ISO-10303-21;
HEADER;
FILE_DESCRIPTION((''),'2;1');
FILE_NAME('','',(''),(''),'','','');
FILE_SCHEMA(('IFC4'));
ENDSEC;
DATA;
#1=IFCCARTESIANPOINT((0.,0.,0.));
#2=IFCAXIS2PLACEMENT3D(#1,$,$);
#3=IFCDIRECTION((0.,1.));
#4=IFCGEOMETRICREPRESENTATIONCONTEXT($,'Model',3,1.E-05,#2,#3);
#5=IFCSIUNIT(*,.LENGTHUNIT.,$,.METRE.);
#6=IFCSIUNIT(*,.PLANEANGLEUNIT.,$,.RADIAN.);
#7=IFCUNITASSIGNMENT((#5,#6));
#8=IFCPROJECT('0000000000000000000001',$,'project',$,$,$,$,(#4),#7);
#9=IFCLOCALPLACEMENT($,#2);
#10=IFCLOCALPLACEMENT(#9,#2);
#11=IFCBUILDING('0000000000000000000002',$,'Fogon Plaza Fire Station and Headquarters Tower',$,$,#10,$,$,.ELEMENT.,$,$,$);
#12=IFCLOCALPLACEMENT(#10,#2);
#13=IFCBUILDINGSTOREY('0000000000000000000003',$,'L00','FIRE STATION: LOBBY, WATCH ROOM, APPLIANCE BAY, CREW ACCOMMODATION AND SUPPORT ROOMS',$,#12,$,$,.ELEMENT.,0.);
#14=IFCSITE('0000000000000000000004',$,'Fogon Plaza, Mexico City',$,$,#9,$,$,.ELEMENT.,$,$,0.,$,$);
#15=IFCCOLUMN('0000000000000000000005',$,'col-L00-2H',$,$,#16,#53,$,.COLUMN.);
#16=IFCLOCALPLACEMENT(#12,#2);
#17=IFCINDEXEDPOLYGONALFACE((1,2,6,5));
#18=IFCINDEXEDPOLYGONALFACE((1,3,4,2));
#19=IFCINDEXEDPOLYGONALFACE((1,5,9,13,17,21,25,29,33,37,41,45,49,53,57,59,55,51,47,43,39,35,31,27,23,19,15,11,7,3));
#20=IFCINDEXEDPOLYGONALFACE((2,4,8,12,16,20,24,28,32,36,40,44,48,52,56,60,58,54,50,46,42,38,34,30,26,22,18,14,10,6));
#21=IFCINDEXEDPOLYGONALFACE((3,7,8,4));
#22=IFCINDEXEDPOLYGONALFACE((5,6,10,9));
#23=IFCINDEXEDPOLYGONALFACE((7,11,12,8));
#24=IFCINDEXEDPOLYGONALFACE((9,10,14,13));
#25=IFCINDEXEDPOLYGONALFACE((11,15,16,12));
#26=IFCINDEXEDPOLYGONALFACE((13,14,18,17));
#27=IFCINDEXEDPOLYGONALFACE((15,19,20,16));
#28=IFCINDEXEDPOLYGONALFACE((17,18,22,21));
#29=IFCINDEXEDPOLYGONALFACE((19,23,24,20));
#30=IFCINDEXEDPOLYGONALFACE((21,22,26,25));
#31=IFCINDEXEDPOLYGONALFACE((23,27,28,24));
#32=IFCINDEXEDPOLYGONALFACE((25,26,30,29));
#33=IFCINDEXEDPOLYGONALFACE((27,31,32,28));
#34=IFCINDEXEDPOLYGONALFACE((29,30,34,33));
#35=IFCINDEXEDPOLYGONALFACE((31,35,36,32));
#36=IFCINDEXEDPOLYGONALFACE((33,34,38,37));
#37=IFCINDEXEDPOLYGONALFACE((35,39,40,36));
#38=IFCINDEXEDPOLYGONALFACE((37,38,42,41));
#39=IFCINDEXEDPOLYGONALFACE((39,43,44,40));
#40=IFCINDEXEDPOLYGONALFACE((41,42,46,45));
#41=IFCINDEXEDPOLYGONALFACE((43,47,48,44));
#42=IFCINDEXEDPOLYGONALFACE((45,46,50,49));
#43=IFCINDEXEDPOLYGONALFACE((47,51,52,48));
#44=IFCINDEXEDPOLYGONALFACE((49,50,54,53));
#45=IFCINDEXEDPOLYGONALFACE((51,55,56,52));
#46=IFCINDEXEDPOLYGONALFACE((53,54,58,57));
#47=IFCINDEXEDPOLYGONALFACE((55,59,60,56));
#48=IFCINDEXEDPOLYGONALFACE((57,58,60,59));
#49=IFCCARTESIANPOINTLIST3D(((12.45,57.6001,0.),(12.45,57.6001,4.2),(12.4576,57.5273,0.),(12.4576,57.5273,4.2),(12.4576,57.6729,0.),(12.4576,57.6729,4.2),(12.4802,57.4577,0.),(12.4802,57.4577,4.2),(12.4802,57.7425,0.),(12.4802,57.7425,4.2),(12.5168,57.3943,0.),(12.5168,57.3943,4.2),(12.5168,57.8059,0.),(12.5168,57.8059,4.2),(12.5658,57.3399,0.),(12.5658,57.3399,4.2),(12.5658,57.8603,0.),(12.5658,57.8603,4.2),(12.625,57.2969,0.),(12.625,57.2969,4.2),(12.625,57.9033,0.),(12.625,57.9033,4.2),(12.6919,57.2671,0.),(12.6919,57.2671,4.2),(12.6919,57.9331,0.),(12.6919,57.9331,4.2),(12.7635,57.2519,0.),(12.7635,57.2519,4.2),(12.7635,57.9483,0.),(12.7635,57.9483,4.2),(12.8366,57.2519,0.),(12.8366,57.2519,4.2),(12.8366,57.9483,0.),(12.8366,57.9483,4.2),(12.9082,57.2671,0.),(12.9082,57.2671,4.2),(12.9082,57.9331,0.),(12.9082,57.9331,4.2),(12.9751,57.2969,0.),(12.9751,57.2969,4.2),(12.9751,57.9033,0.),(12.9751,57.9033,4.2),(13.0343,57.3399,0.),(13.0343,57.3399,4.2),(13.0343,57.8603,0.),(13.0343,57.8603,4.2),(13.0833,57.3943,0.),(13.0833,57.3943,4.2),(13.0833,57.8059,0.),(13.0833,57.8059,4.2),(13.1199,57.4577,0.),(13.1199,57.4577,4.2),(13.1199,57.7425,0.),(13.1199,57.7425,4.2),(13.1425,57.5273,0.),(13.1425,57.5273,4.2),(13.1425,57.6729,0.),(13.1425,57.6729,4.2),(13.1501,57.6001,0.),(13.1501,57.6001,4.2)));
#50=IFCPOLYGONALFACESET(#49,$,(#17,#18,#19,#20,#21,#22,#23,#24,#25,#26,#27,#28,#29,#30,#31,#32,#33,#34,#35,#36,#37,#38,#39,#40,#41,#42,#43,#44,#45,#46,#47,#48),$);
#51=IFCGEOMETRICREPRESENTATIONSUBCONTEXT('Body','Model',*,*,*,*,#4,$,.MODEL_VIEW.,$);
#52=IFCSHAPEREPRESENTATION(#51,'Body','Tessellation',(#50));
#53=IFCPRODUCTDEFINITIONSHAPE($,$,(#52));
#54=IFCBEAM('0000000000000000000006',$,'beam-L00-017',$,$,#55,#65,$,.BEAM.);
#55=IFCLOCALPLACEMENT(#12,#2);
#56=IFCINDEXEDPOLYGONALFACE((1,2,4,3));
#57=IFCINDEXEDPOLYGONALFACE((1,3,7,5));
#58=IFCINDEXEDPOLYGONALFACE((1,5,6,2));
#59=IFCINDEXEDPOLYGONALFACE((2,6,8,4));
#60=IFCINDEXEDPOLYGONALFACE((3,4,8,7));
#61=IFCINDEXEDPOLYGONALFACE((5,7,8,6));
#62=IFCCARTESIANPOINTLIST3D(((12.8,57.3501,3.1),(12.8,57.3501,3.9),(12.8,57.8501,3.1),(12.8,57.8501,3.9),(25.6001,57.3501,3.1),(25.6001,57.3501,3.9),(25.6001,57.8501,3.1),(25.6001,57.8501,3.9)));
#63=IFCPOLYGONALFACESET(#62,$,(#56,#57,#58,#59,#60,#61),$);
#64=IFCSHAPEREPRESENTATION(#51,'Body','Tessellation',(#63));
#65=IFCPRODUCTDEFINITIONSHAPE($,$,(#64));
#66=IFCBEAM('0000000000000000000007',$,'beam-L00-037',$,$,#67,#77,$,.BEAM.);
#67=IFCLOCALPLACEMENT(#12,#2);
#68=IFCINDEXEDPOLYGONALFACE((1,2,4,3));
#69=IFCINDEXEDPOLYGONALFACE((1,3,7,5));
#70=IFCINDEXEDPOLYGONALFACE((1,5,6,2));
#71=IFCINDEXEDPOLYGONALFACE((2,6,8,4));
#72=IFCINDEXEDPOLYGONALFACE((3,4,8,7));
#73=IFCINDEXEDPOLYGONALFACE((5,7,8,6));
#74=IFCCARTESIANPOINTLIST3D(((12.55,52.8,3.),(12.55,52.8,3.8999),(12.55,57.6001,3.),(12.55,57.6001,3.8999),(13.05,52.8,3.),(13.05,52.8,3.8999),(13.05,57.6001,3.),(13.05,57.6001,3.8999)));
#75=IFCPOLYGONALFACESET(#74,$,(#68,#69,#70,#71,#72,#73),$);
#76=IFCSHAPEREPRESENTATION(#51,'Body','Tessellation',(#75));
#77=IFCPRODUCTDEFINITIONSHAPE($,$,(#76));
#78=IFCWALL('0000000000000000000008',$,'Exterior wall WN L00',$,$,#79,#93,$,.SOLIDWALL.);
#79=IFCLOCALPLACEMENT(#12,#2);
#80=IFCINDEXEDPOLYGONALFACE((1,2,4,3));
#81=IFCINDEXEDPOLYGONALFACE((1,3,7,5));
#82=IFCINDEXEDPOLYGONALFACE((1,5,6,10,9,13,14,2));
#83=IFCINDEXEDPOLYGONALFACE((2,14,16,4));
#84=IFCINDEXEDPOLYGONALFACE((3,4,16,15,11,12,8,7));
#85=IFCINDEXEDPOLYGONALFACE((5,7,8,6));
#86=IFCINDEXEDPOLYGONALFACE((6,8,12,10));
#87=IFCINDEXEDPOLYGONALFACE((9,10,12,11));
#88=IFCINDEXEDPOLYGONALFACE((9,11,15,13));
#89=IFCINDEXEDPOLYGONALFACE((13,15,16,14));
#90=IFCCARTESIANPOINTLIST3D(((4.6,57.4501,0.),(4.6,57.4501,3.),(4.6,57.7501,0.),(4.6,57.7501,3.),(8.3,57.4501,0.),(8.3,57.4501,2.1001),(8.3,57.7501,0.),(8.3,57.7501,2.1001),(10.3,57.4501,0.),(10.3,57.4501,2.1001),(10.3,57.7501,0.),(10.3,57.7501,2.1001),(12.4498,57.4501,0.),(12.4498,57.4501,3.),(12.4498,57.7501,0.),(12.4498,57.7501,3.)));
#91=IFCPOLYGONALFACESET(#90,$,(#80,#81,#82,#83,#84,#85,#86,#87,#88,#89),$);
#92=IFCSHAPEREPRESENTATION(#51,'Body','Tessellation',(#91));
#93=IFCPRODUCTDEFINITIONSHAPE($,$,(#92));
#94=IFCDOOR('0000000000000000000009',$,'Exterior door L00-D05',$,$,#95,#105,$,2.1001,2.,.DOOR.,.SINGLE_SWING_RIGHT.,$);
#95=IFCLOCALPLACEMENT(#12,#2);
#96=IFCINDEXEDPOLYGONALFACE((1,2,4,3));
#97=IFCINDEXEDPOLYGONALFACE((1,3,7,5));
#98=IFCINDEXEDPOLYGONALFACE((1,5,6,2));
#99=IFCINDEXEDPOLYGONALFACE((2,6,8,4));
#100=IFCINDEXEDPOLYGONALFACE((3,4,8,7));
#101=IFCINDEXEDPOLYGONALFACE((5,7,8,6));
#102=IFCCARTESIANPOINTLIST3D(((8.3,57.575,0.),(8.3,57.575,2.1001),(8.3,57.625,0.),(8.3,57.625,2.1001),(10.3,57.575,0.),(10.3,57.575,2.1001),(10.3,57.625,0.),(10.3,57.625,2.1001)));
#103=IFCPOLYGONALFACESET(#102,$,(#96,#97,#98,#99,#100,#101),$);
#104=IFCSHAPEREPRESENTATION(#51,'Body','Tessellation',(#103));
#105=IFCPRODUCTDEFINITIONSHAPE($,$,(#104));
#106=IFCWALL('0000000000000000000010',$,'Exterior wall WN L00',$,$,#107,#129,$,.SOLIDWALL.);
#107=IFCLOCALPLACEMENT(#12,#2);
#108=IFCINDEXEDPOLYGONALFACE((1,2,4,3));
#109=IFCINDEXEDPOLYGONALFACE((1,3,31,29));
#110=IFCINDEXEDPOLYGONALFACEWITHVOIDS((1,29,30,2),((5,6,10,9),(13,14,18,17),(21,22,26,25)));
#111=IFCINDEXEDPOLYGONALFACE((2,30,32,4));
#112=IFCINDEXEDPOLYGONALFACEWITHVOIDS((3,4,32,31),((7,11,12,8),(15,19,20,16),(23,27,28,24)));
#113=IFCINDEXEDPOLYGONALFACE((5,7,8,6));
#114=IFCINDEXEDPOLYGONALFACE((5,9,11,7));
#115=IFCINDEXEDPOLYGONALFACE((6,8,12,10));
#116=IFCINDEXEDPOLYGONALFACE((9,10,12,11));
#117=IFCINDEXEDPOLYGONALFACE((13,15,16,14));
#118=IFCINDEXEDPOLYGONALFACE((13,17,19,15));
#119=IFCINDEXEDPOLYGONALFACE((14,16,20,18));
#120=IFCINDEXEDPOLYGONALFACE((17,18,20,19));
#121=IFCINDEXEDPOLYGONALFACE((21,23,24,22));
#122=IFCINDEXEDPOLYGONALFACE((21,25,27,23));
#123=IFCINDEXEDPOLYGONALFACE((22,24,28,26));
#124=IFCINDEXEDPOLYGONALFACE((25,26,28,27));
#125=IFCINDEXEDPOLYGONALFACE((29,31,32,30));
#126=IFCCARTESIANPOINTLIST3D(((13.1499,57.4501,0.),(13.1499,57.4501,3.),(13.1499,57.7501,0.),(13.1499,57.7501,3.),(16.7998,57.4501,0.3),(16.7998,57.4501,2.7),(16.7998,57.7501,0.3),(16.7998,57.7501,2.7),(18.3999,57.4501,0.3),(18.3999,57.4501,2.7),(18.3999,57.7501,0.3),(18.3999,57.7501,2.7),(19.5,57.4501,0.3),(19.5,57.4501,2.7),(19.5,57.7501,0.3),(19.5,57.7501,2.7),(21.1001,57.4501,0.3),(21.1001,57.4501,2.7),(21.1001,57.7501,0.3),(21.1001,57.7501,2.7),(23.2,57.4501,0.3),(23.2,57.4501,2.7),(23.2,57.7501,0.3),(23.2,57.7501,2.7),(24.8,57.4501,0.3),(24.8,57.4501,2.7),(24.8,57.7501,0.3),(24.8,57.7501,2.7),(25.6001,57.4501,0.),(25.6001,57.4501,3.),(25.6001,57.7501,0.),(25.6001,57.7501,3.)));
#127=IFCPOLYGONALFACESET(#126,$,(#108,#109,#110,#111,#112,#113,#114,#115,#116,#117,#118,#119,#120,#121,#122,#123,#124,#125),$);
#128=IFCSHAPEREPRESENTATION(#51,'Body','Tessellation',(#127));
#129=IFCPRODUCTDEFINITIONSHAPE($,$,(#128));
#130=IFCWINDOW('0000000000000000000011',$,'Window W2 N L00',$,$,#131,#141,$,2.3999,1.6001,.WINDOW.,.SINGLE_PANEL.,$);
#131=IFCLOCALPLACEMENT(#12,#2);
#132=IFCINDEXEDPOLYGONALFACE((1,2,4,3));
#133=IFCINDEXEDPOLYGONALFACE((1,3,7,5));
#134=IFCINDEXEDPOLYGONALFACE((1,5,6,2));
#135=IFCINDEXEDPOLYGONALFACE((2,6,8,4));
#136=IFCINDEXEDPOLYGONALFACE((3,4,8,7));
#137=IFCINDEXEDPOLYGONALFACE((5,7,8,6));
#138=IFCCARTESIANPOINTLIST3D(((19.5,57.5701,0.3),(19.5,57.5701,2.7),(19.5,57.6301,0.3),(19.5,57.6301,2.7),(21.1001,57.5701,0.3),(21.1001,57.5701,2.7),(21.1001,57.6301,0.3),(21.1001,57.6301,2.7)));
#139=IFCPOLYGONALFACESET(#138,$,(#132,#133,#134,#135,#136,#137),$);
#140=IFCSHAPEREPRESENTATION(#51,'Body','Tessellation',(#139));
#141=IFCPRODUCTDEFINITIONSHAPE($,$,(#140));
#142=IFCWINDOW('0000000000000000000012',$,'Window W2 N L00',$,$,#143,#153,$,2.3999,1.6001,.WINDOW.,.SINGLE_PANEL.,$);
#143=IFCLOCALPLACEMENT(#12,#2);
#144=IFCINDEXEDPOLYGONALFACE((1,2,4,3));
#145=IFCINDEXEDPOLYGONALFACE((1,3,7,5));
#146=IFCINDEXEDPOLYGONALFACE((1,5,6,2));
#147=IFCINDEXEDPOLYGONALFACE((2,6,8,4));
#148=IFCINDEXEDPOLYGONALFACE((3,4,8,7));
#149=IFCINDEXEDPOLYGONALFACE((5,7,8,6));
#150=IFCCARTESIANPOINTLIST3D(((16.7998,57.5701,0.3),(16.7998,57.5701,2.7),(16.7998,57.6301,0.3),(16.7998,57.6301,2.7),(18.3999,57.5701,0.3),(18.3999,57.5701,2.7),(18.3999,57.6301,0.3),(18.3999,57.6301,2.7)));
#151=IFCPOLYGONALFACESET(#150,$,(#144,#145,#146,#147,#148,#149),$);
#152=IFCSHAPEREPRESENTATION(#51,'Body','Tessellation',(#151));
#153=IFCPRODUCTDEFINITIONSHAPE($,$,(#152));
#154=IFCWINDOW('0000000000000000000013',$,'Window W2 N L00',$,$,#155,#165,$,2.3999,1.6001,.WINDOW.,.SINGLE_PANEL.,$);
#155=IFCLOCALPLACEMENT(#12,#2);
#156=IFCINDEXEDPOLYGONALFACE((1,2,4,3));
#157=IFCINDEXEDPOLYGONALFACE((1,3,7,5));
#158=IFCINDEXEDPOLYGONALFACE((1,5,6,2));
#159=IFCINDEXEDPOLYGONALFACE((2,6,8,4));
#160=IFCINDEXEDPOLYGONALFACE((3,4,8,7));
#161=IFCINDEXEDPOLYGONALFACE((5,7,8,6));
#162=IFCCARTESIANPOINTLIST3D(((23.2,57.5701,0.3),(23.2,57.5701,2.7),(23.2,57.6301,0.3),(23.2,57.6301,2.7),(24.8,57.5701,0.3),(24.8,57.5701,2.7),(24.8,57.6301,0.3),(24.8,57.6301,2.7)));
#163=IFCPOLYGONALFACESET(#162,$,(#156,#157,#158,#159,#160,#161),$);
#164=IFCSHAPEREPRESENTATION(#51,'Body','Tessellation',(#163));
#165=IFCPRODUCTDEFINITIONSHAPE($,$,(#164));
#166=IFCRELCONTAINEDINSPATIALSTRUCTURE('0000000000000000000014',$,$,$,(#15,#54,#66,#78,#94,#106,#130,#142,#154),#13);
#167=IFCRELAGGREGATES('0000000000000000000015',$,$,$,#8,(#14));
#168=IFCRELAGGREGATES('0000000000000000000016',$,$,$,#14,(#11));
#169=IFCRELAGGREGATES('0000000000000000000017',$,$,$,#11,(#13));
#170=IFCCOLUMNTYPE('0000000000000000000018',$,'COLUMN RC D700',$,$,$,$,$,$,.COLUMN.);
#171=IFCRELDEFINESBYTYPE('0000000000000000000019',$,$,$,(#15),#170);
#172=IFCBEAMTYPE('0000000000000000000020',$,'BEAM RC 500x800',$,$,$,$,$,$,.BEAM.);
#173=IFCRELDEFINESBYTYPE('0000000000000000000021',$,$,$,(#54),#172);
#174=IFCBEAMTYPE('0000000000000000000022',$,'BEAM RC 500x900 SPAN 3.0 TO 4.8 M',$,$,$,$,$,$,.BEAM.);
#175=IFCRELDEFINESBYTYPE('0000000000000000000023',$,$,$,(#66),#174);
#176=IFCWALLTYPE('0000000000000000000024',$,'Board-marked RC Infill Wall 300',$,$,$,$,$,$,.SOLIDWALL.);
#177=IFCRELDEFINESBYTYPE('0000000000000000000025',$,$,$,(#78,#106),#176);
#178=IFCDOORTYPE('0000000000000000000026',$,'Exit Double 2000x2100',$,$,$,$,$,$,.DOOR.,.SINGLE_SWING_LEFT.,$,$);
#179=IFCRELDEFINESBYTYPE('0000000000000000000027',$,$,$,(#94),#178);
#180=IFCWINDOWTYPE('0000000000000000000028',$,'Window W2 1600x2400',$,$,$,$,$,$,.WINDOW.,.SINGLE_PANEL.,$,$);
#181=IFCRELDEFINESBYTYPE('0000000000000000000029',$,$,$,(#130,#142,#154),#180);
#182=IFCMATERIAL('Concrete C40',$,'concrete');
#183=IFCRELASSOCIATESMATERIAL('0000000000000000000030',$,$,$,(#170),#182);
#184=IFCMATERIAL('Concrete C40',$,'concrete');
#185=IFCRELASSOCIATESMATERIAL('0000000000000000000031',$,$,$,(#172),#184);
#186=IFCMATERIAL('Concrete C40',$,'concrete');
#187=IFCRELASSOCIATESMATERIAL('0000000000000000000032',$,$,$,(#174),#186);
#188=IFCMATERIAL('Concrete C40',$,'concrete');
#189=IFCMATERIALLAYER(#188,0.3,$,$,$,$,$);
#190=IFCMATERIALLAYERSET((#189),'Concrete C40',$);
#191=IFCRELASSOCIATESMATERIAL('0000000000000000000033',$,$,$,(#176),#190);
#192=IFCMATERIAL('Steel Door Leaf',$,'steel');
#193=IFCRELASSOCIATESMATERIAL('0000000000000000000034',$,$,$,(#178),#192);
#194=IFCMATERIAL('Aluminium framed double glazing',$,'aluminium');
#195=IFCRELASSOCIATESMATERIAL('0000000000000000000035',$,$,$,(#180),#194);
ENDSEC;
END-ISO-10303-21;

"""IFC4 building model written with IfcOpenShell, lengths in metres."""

from ifc_helpers import new_model, si_unit, direction, frame, frame_2d, origin, origin_2d, place, context, subcontext, project, spatial, rectangle, circle, extrude, material, layer, layer_set, material_profile, profile_set, type_object, element, fill, save


model = new_model("IFC4")

# Units and contexts
model_context = context("Model", 3, precision=1e-05, world=origin(), true_north=direction((0.0, 1.0)))
body_context = subcontext(model_context, "Body", "Model", "MODEL_VIEW")
ifc_project = project(units=[si_unit("LENGTHUNIT", "METRE"), si_unit("PLANEANGLEUNIT", "RADIAN")], contexts=[model_context])

# Site, building, storey
site_placement = place(None, origin())
site = spatial("IfcSite", under=ifc_project, at=site_placement, Name="Fogon Plaza, Mexico City", CompositionType="ELEMENT", RefElevation=0.0)
building_placement = place(site_placement, origin())
building = spatial("IfcBuilding", under=site, at=building_placement, Name="Fogon Plaza Fire Station and Headquarters Tower", CompositionType="ELEMENT")
storey_placement = place(building_placement, origin())
storey = spatial("IfcBuildingStorey", under=building, at=storey_placement, Name="L00", Description="FIRE STATION: LOBBY, WATCH ROOM, APPLIANCE BAY, CREW ACCOMMODATION AND SUPPORT ROOMS", CompositionType="ELEMENT", Elevation=0.0)

# Column
ifc_material_1 = material(Name="Concrete C40", Category="concrete")
ifc_material_profile_1 = material_profile(ifc_material_1, circle(Radius=0.3501, at=origin_2d()), Name="RC D700")
ifc_profile_set_1 = profile_set([ifc_material_profile_1], Name="Concrete C40")
column_type = type_object("IfcColumnType", Name="COLUMN RC D700", PredefinedType="COLUMN", material=ifc_profile_set_1)
column_placement = place(storey_placement, frame((12.8, 57.6001, 0.0), z_axis=(0.0, 0.0, 1.0), x_axis=(1.0, 0.0, 0.0)))
element("IfcColumn", 1, at=column_placement, inside=storey, type_object=column_type, Name="col-L00-2H", PredefinedType="COLUMN", context=body_context, shape_type="SweptSolid", body=[
    extrude(circle(Radius=0.3501, at=origin_2d()), origin(), (0.0, 0.0, 1.0), 4.2),
])

# Beams
ifc_material_2 = material(Name="Concrete C40", Category="concrete")
ifc_material_profile_2 = material_profile(ifc_material_2, rectangle(XDim=0.5, YDim=0.8, at=origin_2d()), Name="RC 500x800")
ifc_profile_set_2 = profile_set([ifc_material_profile_2], Name="Concrete C40")
beam_type_1 = type_object("IfcBeamType", Name="BEAM RC 500x800", PredefinedType="BEAM", material=ifc_profile_set_2)
beam_1_placement = place(storey_placement, frame((12.8, 57.6001, 3.5), z_axis=(1.0, 0.0, 0.0), x_axis=(0.0, 1.0, 0.0)))
element("IfcBeam", 2, at=beam_1_placement, inside=storey, type_object=beam_type_1, Name="beam-L00-017", PredefinedType="BEAM", context=body_context, shape_type="SweptSolid", body=[
    extrude(rectangle(XDim=0.5, YDim=0.8, at=origin_2d()), origin(), (0.0, 0.0, 1.0), 12.8),
])
ifc_material_3 = material(Name="Concrete C40", Category="concrete")
ifc_material_profile_3 = material_profile(ifc_material_3, rectangle(XDim=0.5, YDim=0.8999, at=origin_2d()), Name="RC 500x900")
ifc_profile_set_3 = profile_set([ifc_material_profile_3], Name="Concrete C40")
beam_type_2 = type_object("IfcBeamType", Name="BEAM RC 500x900 SPAN 3.0 TO 4.8 M", PredefinedType="BEAM", material=ifc_profile_set_3)
beam_2_placement = place(storey_placement, frame((12.8, 52.8, 3.45), z_axis=(0.0, 1.0, 0.0), x_axis=(-1.0, 0.0, 0.0)))
element("IfcBeam", 3, at=beam_2_placement, inside=storey, type_object=beam_type_2, Name="beam-L00-037", PredefinedType="BEAM", context=body_context, shape_type="SweptSolid", body=[
    extrude(rectangle(XDim=0.5, YDim=0.8999, at=origin_2d()), origin(), (0.0, 0.0, 1.0), 4.8),
])

# Wall, opening, door
ifc_material_4 = material(Name="Concrete C40", Category="concrete")
ifc_layer_1 = layer(ifc_material_4, 0.3)
ifc_layer_set_1 = layer_set([ifc_layer_1], Name="Concrete C40")
wall_type_1 = type_object("IfcWallType", Name="Board-marked RC Infill Wall 300", PredefinedType="SOLIDWALL", material=ifc_layer_set_1)
wall_1_placement = place(storey_placement, frame((4.6001, 57.6001, 0.0), z_axis=(0.0, 0.0, 1.0), x_axis=(1.0, 0.0, 0.0)))
wall_1 = element("IfcWall", 4, at=wall_1_placement, inside=storey, type_object=wall_type_1, Name="Exterior wall WN L00", PredefinedType="SOLIDWALL", context=body_context, shape_type="SweptSolid", body=[
    extrude(rectangle(XDim=7.8499, YDim=0.3, at=frame_2d((3.9248, 0.0))), origin(), (0.0, 0.0, 1.0), 3.0),
])
opening_1_placement = place(wall_1_placement, frame((3.7, 0.0, 0.0)))
opening_1 = element("IfcOpeningElement", 5, at=opening_1_placement, cuts=wall_1, PredefinedType="OPENING", context=body_context, shape_type="SweptSolid", body=[
    extrude(rectangle(XDim=2.0, YDim=2.1001, at=frame_2d((1.0, 1.05))), frame((0.0, 0.1599, 0.0), z_axis=(0.0, -1.0, 0.0), x_axis=(1.0, 0.0, 0.0)), (0.0, 0.0, 1.0), 0.3201),
])
ifc_material_5 = material(Name="Steel Door Leaf", Category="steel")
door_type_1 = type_object("IfcDoorType", Name="Exit Double 2000x2100", OperationType="SINGLE_SWING_LEFT", PredefinedType="DOOR", material=ifc_material_5)
door_1_placement = place(opening_1_placement, origin())
door_1 = element("IfcDoor", 6, at=door_1_placement, inside=storey, type_object=door_type_1, Name="Exterior door L00-D05", OperationType="SINGLE_SWING_RIGHT", OverallHeight=2.1001, OverallWidth=2.0, PredefinedType="DOOR", context=body_context, shape_type="SweptSolid", body=[
    extrude(rectangle(XDim=2.0, YDim=2.1001, at=frame_2d((1.0, 1.05))), frame((0.0, 0.0249, 0.0), z_axis=(0.0, -1.0, 0.0), x_axis=(1.0, 0.0, 0.0)), (0.0, 0.0, 1.0), 0.05),
])
fill(opening_1, door_1)

# Wall, openings, windows
wall_2_placement = place(storey_placement, frame((13.1499, 57.6001, 0.0), z_axis=(0.0, 0.0, 1.0), x_axis=(1.0, 0.0, 0.0)))
wall_2 = element("IfcWall", 7, at=wall_2_placement, inside=storey, type_object=wall_type_1, Name="Exterior wall WN L00", PredefinedType="SOLIDWALL", context=body_context, shape_type="SweptSolid", body=[
    extrude(rectangle(XDim=12.4502, YDim=0.3, at=frame_2d((6.2251, 0.0))), origin(), (0.0, 0.0, 1.0), 3.0),
])
opening_2_placement = place(wall_2_placement, frame((6.3501, 0.0, 0.3)))
opening_2 = element("IfcOpeningElement", 8, at=opening_2_placement, cuts=wall_2, PredefinedType="OPENING", context=body_context, shape_type="SweptSolid", body=[
    extrude(rectangle(XDim=1.6001, YDim=2.3999, at=frame_2d((0.8, 1.2))), frame((0.0, 0.1599, 0.0), z_axis=(0.0, -1.0, 0.0), x_axis=(1.0, 0.0, 0.0)), (0.0, 0.0, 1.0), 0.3201),
])
opening_3_placement = place(wall_2_placement, frame((3.6499, 0.0, 0.3)))
opening_3 = element("IfcOpeningElement", 9, at=opening_3_placement, cuts=wall_2, PredefinedType="OPENING", context=body_context, shape_type="SweptSolid", body=[
    extrude(rectangle(XDim=1.6001, YDim=2.3999, at=frame_2d((0.8, 1.2))), frame((0.0, 0.1599, 0.0), z_axis=(0.0, -1.0, 0.0), x_axis=(1.0, 0.0, 0.0)), (0.0, 0.0, 1.0), 0.3201),
])
opening_4_placement = place(wall_2_placement, frame((10.05, 0.0, 0.3)))
opening_4 = element("IfcOpeningElement", 10, at=opening_4_placement, cuts=wall_2, PredefinedType="OPENING", context=body_context, shape_type="SweptSolid", body=[
    extrude(rectangle(XDim=1.6001, YDim=2.3999, at=frame_2d((0.8, 1.2))), frame((0.0, 0.1599, 0.0), z_axis=(0.0, -1.0, 0.0), x_axis=(1.0, 0.0, 0.0)), (0.0, 0.0, 1.0), 0.3201),
])
ifc_material_6 = material(Name="Aluminium framed double glazing", Category="aluminium")
window_type = type_object("IfcWindowType", Name="Window W2 1600x2400", PartitioningType="SINGLE_PANEL", PredefinedType="WINDOW", material=ifc_material_6)
window_1_placement = place(opening_2_placement, origin())
window_1 = element("IfcWindow", 11, at=window_1_placement, inside=storey, type_object=window_type, Name="Window W2 N L00", OverallHeight=2.3999, OverallWidth=1.6001, PartitioningType="SINGLE_PANEL", PredefinedType="WINDOW", context=body_context, shape_type="SweptSolid", body=[
    extrude(rectangle(XDim=1.6001, YDim=2.3999, at=frame_2d((0.8, 1.2))), frame((0.0, 0.03, 0.0), z_axis=(0.0, -1.0, 0.0), x_axis=(1.0, 0.0, 0.0)), (0.0, 0.0, 1.0), 0.0601),
])
fill(opening_2, window_1)
window_2_placement = place(opening_3_placement, origin())
window_2 = element("IfcWindow", 12, at=window_2_placement, inside=storey, type_object=window_type, Name="Window W2 N L00", OverallHeight=2.3999, OverallWidth=1.6001, PartitioningType="SINGLE_PANEL", PredefinedType="WINDOW", context=body_context, shape_type="SweptSolid", body=[
    extrude(rectangle(XDim=1.6001, YDim=2.3999, at=frame_2d((0.8, 1.2))), frame((0.0, 0.03, 0.0), z_axis=(0.0, -1.0, 0.0), x_axis=(1.0, 0.0, 0.0)), (0.0, 0.0, 1.0), 0.0601),
])
fill(opening_3, window_2)
window_3_placement = place(opening_4_placement, origin())
window_3 = element("IfcWindow", 13, at=window_3_placement, inside=storey, type_object=window_type, Name="Window W2 N L00", OverallHeight=2.3999, OverallWidth=1.6001, PartitioningType="SINGLE_PANEL", PredefinedType="WINDOW", context=body_context, shape_type="SweptSolid", body=[
    extrude(rectangle(XDim=1.6001, YDim=2.3999, at=frame_2d((0.8, 1.2))), frame((0.0, 0.03, 0.0), z_axis=(0.0, -1.0, 0.0), x_axis=(1.0, 0.0, 0.0)), (0.0, 0.0, 1.0), 0.0601),
])
fill(opening_4, window_3)

save(model, "model.ifc")
